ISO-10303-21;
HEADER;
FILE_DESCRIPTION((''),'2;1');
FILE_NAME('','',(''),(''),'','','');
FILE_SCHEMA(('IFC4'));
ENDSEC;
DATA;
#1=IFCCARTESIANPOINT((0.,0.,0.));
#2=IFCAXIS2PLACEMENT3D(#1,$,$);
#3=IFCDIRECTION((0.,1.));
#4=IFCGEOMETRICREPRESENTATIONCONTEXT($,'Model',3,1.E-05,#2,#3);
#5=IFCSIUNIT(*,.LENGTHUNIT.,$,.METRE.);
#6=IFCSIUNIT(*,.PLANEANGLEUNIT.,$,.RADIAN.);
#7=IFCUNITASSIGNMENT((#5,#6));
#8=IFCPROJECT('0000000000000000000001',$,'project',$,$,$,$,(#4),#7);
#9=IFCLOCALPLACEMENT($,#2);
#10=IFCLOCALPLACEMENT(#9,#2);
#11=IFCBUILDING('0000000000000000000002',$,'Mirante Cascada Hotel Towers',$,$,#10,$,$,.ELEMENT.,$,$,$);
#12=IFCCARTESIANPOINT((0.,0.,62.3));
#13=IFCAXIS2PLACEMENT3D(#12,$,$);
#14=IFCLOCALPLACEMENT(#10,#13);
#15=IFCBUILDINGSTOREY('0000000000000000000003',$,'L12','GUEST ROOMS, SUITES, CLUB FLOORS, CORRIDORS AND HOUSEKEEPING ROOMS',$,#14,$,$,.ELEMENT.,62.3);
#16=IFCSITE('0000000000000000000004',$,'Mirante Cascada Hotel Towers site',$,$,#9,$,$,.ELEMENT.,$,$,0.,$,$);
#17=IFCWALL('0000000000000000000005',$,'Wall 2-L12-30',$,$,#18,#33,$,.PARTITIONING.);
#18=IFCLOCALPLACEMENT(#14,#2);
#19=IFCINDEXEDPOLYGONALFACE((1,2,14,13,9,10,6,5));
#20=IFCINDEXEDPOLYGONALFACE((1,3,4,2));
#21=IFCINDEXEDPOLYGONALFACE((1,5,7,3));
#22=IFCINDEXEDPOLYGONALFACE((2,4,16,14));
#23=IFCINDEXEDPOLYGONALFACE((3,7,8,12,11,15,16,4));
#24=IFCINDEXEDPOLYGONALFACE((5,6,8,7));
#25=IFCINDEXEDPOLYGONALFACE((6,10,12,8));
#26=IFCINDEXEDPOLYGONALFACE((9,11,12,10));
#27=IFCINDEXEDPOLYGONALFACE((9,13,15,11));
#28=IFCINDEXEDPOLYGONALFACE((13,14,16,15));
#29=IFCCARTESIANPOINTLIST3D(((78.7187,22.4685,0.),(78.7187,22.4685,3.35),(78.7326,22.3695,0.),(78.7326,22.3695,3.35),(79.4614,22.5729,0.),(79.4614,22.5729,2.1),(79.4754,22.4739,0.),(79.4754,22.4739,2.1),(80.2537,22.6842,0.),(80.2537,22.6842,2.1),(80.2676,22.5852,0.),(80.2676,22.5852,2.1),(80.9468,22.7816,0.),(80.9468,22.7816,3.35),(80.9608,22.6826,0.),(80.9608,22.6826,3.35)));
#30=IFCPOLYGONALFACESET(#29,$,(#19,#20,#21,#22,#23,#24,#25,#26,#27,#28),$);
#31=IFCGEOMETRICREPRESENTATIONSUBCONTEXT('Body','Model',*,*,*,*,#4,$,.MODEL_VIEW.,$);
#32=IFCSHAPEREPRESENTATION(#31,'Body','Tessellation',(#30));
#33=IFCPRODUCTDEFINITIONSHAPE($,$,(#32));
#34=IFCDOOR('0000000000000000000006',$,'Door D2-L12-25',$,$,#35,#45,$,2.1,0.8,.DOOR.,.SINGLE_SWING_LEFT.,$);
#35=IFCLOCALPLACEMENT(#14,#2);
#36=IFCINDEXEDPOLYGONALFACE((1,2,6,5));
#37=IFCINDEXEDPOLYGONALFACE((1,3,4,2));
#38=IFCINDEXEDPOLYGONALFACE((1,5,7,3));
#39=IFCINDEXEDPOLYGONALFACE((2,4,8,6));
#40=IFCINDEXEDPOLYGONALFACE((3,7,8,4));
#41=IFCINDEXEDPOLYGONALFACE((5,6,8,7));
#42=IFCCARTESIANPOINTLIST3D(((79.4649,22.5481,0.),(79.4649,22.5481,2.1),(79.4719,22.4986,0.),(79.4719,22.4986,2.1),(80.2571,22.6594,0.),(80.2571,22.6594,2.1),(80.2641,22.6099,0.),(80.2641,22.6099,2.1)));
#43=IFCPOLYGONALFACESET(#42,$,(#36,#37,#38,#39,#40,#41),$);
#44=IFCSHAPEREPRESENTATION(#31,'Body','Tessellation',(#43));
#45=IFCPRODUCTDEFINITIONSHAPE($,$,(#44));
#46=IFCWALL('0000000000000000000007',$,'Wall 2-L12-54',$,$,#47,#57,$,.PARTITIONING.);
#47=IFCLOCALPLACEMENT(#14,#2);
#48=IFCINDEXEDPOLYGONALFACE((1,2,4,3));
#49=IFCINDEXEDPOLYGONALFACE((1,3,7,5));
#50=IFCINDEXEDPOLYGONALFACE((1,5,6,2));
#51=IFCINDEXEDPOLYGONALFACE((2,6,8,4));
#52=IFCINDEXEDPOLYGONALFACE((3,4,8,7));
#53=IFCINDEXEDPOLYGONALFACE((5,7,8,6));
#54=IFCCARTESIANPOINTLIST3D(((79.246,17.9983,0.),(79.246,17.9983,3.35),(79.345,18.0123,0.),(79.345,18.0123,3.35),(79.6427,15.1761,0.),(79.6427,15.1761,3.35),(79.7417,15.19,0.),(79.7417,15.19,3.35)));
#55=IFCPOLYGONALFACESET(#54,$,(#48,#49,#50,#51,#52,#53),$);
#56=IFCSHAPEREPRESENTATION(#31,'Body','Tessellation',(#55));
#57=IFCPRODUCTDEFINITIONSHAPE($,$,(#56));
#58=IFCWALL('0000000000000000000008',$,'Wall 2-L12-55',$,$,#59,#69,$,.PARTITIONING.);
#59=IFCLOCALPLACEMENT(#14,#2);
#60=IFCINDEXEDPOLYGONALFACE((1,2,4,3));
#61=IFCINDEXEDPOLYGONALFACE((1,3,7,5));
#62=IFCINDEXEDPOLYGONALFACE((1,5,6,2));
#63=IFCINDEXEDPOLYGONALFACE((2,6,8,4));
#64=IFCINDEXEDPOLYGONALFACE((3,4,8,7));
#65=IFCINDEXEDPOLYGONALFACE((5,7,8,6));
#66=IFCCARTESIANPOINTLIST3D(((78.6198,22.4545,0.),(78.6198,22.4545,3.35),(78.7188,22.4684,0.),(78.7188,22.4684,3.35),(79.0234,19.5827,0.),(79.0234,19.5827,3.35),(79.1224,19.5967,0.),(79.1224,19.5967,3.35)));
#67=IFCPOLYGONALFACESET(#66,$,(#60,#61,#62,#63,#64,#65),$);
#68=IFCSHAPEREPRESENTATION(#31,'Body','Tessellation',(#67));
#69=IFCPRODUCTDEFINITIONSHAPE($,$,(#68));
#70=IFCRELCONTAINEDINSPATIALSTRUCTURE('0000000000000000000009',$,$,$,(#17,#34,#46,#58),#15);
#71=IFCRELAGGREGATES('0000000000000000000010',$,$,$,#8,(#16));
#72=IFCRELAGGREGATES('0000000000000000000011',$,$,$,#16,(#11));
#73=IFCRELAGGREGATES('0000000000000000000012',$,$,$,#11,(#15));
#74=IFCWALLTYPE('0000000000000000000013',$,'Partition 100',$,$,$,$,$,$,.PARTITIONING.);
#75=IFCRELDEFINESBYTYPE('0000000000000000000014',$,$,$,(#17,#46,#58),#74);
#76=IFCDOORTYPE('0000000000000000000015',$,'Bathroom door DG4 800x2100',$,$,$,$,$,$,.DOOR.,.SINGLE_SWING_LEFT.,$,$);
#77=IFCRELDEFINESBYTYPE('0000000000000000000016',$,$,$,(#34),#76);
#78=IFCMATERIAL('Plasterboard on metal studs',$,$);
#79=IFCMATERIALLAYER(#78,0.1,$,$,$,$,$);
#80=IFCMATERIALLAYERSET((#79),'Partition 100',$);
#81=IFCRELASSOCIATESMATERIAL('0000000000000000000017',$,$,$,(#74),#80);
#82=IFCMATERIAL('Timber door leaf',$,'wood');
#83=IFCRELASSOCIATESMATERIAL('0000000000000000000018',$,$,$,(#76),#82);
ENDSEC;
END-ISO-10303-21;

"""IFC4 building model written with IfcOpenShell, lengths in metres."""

from ifc_helpers import new_model, si_unit, direction, frame, frame_2d, origin, place, context, subcontext, project, spatial, rectangle, extrude, material, layer, layer_set, type_object, element, fill, save


model = new_model("IFC4")

# Units and contexts
model_context = context("Model", 3, precision=1e-05, world=origin(), true_north=direction((0.0, 1.0)))
body_context = subcontext(model_context, "Body", "Model", "MODEL_VIEW")
ifc_project = project(units=[si_unit("LENGTHUNIT", "METRE"), si_unit("PLANEANGLEUNIT", "RADIAN")], contexts=[model_context])

# Site, building, storey
site_placement = place(None, origin())
site = spatial("IfcSite", under=ifc_project, at=site_placement, Name="Mirante Cascada Hotel Towers site", CompositionType="ELEMENT", RefElevation=0.0)
building_placement = place(site_placement, origin())
building = spatial("IfcBuilding", under=site, at=building_placement, Name="Mirante Cascada Hotel Towers", CompositionType="ELEMENT")
storey_placement = place(building_placement, frame((0.0, 0.0, 62.3)))
storey = spatial("IfcBuildingStorey", under=building, at=storey_placement, Name="L12", Description="GUEST ROOMS, SUITES, CLUB FLOORS, CORRIDORS AND HOUSEKEEPING ROOMS", CompositionType="ELEMENT", Elevation=62.3)

# Shared definitions
ifc_material_1 = material(Name="Plasterboard on metal studs")
ifc_layer_1 = layer(ifc_material_1, 0.1)
ifc_layer_set_1 = layer_set([ifc_layer_1], Name="Partition 100")
wall_type_1 = type_object("IfcWallType", Name="Partition 100", PredefinedType="PARTITIONING", material=ifc_layer_set_1)
ifc_material_2 = material(Name="Timber door leaf", Category="wood")
door_type = type_object("IfcDoorType", Name="Bathroom door DG4 800x2100", OperationType="SINGLE_SWING_LEFT", PredefinedType="DOOR", material=ifc_material_2)

# Wall, opening, door
wall_1_placement = place(storey_placement, frame((80.9538, 22.7321, 0.0), z_axis=(0.0, 0.0, 1.0), x_axis=(-0.990271, -0.139156, 0.0)))
wall_1 = element("IfcWall", 1, at=wall_1_placement, inside=storey, type_object=wall_type_1, Name="Wall 2-L12-30", PredefinedType="PARTITIONING", context=body_context, shape_type="SweptSolid", body=[
    extrude(rectangle(XDim=2.25, YDim=0.1, at=frame_2d((1.125, 0.0))), origin(), (0.0, 0.0, 1.0), 3.35),
])
opening_1_placement = place(wall_1_placement, frame((0.7, 0.0, 0.0)))
opening_1 = element("IfcOpeningElement", 2, at=opening_1_placement, cuts=wall_1, PredefinedType="OPENING", context=body_context, shape_type="SweptSolid", body=[
    extrude(rectangle(XDim=0.8, YDim=2.1, at=frame_2d((0.4, 1.05))), frame((0.0, 0.05, 0.0), z_axis=(0.0, -1.0, 0.0), x_axis=(1.0, 0.0, 0.0)), (0.0, 0.0, 1.0), 0.1),
])
door_1_placement = place(opening_1_placement, origin())
door_1 = element("IfcDoor", 3, at=door_1_placement, inside=storey, type_object=door_type, Name="Door D2-L12-25", OperationType="SINGLE_SWING_LEFT", OverallHeight=2.1, OverallWidth=0.8, PredefinedType="DOOR", context=body_context, shape_type="SweptSolid", body=[
    extrude(rectangle(XDim=0.8, YDim=2.1, at=frame_2d((0.4, 1.05))), frame((0.0, 0.025, 0.0), z_axis=(0.0, -1.0, 0.0), x_axis=(1.0, 0.0, 0.0)), (0.0, 0.0, 1.0), 0.05),
])
fill(opening_1, door_1)

# Walls
wall_2_placement = place(storey_placement, frame((79.2955, 18.0053, 0.0), z_axis=(0.0, 0.0, 1.0), x_axis=(0.139191, -0.990266, 0.0)))
element("IfcWall", 4, at=wall_2_placement, inside=storey, type_object=wall_type_1, Name="Wall 2-L12-54", PredefinedType="PARTITIONING", context=body_context, shape_type="SweptSolid", body=[
    extrude(rectangle(XDim=2.85, YDim=0.1, at=frame_2d((1.425, 0.0))), origin(), (0.0, 0.0, 1.0), 3.35),
])
wall_3_placement = place(storey_placement, frame((79.0729, 19.5897, 0.0), z_axis=(0.0, 0.0, 1.0), x_axis=(-0.139171, 0.990268, 0.0)))
element("IfcWall", 5, at=wall_3_placement, inside=storey, type_object=wall_type_1, Name="Wall 2-L12-55", PredefinedType="PARTITIONING", context=body_context, shape_type="SweptSolid", body=[
    extrude(rectangle(XDim=2.9, YDim=0.1, at=frame_2d((1.45, 0.0))), origin(), (0.0, 0.0, 1.0), 3.35),
])

save(model, "model.ifc")
